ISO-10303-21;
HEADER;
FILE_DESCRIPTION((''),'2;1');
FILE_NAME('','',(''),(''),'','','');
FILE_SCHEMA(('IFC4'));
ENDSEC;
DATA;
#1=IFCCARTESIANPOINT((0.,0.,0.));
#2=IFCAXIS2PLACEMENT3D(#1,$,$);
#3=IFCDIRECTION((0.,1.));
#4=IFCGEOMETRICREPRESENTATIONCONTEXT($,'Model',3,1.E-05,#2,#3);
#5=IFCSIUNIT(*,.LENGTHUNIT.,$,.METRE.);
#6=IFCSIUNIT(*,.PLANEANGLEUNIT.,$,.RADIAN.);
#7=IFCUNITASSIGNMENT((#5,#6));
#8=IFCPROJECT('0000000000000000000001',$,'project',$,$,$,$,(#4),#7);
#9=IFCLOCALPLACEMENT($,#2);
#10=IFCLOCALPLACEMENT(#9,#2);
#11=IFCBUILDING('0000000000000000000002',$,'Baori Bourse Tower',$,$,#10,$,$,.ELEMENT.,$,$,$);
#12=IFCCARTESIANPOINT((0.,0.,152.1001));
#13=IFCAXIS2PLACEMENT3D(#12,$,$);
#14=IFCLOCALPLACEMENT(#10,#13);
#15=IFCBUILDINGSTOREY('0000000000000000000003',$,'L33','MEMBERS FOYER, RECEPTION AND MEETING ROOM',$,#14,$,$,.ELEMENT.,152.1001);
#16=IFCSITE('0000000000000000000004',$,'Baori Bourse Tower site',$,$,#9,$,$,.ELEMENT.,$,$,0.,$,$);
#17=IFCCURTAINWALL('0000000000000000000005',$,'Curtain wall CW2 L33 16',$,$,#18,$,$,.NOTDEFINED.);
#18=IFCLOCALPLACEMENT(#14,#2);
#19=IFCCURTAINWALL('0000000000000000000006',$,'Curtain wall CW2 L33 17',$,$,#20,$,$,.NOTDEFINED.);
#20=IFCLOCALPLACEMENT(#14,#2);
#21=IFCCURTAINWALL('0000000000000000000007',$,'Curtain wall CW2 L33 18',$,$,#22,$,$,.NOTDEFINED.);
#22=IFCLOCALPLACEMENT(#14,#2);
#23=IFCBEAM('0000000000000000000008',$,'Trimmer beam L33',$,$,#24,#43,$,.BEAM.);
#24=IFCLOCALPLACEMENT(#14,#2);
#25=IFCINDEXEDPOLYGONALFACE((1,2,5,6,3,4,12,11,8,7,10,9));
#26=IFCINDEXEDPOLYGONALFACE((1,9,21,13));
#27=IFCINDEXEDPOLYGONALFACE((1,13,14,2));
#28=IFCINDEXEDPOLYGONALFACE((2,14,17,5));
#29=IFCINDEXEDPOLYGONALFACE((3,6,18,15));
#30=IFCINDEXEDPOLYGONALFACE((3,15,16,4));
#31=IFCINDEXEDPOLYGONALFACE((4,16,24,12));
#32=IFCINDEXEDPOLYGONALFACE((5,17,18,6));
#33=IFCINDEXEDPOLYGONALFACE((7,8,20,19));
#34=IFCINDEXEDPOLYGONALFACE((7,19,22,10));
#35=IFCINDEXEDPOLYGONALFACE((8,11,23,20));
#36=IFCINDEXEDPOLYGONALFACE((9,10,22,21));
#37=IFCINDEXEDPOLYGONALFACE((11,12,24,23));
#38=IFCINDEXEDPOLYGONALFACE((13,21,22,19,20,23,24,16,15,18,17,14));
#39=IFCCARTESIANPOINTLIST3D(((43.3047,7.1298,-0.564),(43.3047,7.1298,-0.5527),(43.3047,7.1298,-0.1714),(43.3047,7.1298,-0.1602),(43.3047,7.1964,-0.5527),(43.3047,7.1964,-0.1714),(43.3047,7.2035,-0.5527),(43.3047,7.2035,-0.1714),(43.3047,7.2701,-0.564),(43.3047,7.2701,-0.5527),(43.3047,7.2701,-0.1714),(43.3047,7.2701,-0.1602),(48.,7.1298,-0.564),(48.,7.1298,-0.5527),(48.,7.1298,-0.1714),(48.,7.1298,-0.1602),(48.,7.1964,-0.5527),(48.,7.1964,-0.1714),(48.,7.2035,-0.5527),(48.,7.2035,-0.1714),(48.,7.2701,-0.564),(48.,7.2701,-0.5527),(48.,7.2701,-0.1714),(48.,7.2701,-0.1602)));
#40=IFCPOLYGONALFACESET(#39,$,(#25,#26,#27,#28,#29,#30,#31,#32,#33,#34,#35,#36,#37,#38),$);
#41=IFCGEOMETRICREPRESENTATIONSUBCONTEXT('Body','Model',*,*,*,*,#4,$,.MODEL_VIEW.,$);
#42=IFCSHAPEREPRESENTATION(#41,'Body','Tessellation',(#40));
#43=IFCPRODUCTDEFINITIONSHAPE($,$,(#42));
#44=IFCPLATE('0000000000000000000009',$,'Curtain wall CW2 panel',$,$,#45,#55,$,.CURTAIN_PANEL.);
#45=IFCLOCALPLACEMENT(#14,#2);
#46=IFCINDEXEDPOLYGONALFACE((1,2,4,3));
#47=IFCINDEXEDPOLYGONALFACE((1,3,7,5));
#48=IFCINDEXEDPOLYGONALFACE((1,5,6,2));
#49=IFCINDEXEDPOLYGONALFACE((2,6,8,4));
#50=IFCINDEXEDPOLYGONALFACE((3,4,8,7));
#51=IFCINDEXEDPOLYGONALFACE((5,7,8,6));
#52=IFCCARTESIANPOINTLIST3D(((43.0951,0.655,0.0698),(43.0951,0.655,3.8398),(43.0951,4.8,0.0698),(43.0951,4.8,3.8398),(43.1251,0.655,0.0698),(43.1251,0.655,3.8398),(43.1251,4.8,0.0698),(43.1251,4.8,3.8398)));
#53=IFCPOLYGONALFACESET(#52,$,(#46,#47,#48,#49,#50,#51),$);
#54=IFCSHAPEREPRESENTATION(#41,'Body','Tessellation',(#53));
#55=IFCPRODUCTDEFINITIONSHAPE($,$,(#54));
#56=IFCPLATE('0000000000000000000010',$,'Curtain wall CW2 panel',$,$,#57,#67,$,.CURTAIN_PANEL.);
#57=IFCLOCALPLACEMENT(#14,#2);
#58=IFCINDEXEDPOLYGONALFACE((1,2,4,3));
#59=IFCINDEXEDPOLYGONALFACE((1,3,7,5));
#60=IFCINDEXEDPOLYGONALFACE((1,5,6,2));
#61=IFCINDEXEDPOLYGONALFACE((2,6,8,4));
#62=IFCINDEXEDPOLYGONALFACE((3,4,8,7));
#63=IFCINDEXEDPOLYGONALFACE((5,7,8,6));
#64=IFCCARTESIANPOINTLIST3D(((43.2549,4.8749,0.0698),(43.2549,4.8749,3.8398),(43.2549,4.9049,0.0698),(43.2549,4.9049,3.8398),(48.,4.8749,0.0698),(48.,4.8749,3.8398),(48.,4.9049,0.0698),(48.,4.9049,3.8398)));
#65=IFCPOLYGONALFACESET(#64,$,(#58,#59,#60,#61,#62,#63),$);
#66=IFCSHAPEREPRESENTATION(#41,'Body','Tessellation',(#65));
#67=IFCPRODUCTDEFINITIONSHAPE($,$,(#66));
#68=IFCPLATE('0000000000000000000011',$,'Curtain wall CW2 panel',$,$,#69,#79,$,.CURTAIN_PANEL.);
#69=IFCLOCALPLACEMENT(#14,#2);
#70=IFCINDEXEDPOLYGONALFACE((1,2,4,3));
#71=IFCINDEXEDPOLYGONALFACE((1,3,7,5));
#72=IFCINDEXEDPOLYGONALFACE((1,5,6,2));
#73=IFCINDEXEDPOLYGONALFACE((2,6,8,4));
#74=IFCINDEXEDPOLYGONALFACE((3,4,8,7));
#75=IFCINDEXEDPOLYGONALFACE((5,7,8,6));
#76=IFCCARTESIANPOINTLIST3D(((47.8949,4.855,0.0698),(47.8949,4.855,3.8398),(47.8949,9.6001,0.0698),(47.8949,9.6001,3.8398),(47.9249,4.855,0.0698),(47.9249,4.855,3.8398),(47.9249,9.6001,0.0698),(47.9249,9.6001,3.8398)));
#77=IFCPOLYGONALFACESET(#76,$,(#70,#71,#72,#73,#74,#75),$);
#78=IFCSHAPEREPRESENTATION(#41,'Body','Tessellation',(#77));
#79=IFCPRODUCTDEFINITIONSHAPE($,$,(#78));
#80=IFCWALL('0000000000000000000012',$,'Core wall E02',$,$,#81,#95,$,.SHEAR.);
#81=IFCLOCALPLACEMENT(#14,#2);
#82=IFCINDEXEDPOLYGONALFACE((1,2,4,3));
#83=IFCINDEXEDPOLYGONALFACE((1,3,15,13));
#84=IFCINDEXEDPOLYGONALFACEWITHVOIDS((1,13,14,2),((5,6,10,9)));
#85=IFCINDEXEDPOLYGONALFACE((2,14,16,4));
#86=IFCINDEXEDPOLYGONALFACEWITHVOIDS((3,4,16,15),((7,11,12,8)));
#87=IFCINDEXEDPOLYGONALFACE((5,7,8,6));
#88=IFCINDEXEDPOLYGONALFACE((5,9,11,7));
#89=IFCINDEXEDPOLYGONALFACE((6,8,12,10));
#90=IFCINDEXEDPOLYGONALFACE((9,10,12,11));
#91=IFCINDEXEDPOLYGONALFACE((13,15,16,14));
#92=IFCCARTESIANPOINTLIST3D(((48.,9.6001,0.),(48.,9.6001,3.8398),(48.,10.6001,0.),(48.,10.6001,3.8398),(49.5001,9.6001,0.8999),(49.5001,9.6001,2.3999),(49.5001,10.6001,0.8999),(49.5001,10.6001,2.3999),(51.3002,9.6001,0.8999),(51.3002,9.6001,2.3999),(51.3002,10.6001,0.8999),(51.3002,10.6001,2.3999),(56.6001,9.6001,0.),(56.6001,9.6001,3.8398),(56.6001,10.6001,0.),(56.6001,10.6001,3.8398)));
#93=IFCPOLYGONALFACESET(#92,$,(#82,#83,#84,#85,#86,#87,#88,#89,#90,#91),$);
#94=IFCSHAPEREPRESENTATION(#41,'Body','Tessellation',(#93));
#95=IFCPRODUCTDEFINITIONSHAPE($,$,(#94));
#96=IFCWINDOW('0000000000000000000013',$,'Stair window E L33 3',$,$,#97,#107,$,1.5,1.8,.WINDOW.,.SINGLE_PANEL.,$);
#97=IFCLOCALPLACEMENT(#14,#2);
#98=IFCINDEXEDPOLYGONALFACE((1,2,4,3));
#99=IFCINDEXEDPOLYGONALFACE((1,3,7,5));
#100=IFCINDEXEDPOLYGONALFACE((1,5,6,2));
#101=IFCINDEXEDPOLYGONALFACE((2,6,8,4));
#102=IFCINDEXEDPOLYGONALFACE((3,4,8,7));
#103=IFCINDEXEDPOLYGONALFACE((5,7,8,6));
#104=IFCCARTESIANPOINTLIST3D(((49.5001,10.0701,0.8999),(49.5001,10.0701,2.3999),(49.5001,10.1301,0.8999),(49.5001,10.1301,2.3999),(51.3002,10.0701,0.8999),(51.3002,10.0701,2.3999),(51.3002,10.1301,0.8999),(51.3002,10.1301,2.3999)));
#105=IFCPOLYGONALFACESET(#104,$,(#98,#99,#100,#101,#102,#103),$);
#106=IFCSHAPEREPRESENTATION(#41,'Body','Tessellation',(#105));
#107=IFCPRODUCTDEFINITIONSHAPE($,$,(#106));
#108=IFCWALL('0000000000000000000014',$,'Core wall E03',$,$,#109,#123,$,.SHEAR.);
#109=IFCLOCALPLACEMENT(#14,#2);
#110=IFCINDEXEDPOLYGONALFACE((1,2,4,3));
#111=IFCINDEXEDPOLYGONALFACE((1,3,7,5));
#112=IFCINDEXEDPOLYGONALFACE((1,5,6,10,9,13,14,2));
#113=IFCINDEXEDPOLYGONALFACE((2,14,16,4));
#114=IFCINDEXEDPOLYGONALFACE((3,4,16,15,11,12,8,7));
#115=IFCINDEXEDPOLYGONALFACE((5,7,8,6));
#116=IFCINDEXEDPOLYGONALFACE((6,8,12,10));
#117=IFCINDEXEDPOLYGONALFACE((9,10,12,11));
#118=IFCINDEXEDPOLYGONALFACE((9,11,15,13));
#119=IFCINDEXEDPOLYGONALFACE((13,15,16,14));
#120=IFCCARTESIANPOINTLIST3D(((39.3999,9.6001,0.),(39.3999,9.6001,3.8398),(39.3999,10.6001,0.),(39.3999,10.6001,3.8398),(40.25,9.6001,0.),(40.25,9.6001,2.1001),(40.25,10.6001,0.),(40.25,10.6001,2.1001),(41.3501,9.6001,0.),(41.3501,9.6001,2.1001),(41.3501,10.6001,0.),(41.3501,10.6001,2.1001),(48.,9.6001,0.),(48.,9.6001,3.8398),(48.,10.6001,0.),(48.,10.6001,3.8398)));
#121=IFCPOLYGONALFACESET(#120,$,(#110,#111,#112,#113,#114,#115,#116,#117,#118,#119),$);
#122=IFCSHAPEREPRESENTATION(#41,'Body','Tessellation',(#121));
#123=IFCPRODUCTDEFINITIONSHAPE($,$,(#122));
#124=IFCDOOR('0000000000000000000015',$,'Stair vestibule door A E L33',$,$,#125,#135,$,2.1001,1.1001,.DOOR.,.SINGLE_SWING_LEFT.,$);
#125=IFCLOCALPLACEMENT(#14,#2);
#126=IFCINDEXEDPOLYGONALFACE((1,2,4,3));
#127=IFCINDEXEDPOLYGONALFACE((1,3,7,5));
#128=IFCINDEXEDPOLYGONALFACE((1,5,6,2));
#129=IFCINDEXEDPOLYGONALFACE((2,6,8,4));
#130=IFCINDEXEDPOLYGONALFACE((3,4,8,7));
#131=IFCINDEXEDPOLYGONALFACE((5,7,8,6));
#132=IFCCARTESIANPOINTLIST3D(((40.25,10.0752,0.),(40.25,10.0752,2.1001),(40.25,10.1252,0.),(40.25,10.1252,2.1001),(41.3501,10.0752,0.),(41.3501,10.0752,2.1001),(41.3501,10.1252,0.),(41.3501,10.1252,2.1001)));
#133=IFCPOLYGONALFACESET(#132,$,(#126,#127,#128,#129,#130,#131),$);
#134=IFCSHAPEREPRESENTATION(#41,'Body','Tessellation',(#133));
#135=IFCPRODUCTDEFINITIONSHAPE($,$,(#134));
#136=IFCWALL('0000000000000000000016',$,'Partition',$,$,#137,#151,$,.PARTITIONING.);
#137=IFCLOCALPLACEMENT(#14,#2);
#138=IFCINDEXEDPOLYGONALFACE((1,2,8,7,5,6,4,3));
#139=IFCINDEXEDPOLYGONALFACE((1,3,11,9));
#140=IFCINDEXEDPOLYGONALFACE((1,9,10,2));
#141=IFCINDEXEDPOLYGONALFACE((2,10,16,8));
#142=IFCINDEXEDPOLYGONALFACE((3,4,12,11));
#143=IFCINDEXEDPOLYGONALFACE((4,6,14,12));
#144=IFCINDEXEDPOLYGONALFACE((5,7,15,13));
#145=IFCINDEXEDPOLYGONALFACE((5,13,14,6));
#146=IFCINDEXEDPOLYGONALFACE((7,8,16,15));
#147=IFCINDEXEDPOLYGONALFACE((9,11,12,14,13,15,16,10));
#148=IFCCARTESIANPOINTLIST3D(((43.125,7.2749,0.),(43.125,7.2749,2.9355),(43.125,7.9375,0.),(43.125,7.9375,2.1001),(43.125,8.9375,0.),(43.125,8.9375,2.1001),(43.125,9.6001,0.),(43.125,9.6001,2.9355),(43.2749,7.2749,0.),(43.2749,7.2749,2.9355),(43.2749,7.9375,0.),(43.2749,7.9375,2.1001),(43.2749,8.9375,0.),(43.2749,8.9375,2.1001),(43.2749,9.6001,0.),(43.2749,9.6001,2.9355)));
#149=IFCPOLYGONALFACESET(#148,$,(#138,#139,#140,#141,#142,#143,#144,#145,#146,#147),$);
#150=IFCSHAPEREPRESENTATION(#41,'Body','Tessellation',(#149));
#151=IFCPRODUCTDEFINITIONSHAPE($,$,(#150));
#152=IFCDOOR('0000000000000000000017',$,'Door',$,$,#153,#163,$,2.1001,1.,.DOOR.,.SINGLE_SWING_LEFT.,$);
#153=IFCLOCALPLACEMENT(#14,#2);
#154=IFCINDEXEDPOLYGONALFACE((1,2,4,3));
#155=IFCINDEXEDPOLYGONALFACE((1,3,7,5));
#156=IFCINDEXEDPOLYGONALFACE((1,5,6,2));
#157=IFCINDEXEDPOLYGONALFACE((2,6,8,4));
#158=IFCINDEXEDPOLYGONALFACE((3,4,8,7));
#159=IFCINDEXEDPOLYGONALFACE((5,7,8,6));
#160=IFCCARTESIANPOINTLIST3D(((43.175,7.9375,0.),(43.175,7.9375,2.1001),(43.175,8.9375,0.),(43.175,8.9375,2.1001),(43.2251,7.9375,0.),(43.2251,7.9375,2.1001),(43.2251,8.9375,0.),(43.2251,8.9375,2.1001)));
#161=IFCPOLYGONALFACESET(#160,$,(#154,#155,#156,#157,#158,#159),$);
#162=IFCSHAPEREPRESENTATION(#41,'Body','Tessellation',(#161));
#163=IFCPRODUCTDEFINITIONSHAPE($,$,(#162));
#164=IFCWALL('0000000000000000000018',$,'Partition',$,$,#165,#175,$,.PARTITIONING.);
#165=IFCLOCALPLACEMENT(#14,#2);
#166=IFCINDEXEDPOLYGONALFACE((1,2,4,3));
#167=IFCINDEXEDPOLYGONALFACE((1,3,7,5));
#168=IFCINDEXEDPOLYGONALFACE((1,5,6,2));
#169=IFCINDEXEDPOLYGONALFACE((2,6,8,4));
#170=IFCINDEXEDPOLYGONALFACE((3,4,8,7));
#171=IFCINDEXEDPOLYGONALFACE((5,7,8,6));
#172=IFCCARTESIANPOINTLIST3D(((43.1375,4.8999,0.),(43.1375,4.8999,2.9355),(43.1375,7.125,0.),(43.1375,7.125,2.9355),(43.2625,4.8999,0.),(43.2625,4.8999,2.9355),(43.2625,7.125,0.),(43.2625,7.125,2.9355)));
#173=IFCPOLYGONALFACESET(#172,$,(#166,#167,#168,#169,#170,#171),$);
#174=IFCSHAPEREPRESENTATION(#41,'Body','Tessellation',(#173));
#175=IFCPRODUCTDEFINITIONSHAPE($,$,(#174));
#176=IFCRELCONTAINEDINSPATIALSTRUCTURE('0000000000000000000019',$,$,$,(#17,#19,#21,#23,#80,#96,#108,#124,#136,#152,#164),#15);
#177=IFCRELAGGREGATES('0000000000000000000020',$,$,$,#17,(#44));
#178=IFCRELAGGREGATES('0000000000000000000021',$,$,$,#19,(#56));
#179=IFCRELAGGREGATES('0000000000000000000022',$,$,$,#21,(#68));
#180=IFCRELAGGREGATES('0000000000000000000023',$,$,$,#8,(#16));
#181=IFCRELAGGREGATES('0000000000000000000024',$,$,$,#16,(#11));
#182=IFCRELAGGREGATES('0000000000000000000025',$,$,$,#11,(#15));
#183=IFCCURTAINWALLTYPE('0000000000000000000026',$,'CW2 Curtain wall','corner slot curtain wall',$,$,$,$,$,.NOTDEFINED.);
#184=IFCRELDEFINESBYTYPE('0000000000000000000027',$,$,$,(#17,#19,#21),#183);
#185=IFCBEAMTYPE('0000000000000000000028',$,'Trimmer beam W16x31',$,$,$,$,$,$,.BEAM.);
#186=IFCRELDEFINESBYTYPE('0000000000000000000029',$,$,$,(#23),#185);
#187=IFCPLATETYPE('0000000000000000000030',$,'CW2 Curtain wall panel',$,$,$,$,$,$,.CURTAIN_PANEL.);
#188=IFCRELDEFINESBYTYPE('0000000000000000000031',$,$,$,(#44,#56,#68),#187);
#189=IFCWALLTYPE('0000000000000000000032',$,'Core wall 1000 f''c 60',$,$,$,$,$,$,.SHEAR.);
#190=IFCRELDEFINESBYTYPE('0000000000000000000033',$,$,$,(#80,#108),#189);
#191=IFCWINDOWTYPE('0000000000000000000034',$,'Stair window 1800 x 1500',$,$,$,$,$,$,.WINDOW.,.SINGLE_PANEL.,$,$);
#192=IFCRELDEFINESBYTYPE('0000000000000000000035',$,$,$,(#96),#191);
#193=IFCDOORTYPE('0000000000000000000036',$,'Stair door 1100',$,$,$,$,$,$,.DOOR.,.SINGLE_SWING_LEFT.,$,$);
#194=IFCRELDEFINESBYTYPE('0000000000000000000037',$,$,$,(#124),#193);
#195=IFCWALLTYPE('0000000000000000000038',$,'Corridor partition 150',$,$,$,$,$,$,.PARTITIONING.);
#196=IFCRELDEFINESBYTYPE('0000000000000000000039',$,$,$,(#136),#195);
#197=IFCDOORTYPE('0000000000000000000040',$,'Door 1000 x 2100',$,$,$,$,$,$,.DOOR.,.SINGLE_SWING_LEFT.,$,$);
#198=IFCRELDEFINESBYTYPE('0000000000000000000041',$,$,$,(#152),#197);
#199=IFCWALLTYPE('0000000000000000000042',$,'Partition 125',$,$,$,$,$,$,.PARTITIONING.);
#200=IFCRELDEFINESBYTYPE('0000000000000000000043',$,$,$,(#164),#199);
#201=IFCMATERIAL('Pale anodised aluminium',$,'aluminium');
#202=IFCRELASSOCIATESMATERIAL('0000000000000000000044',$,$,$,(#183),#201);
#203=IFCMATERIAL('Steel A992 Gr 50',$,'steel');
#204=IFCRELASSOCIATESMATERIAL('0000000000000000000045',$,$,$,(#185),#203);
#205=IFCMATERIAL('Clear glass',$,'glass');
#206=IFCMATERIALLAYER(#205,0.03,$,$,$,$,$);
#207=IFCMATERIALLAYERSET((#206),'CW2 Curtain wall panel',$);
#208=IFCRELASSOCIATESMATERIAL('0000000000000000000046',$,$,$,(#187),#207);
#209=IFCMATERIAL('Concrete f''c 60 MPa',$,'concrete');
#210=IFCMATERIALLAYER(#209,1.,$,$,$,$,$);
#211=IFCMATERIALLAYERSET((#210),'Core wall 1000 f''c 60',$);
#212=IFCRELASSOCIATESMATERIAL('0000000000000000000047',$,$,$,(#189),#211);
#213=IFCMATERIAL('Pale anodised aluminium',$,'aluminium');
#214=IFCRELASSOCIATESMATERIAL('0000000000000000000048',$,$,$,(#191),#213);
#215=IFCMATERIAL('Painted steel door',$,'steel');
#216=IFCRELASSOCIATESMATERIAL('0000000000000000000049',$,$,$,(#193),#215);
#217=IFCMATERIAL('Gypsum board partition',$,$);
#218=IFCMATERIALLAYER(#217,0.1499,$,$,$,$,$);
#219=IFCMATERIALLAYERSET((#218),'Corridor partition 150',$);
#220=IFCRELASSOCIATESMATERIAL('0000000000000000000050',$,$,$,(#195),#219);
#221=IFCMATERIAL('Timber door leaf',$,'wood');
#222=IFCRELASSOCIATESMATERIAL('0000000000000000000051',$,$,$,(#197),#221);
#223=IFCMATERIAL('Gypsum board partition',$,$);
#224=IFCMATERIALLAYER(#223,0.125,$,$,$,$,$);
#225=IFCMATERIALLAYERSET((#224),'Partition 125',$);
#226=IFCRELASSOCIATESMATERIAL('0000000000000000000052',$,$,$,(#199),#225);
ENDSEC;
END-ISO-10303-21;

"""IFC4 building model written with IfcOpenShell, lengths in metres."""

from ifc_helpers import new_model, si_unit, direction, frame, frame_2d, origin, origin_2d, place, context, subcontext, project, spatial, rectangle, i_section, extrude, material, layer, layer_set, material_profile, profile_set, type_object, element, fill, aggregate, save


model = new_model("IFC4")

# Units and contexts
model_context = context("Model", 3, precision=1e-05, world=origin(), true_north=direction((0.0, 1.0)))
body_context = subcontext(model_context, "Body", "Model", "MODEL_VIEW")
ifc_project = project(units=[si_unit("LENGTHUNIT", "METRE"), si_unit("PLANEANGLEUNIT", "RADIAN")], contexts=[model_context])

# Site, building, storey
site_placement = place(None, origin())
site = spatial("IfcSite", under=ifc_project, at=site_placement, Name="Baori Bourse Tower site", CompositionType="ELEMENT", RefElevation=0.0)
building_placement = place(site_placement, origin())
building = spatial("IfcBuilding", under=site, at=building_placement, Name="Baori Bourse Tower", CompositionType="ELEMENT")
storey_placement = place(building_placement, frame((0.0, 0.0, 152.1001)))
storey = spatial("IfcBuildingStorey", under=building, at=storey_placement, Name="L33", Description="MEMBERS FOYER, RECEPTION AND MEETING ROOM", CompositionType="ELEMENT", Elevation=152.1001)

# Curtain walls
ifc_material_1 = material(Name="Pale anodised aluminium", Category="aluminium")
curtain_wall_type = type_object("IfcCurtainWallType", Name="CW2 Curtain wall", Description="corner slot curtain wall", PredefinedType="NOTDEFINED", material=ifc_material_1)
curtain_wall_1_placement = place(storey_placement, origin())
curtain_wall_1 = element("IfcCurtainWall", 1, at=curtain_wall_1_placement, inside=storey, type_object=curtain_wall_type, Name="Curtain wall CW2 L33 16", PredefinedType="NOTDEFINED")
curtain_wall_2_placement = place(storey_placement, origin())
curtain_wall_2 = element("IfcCurtainWall", 2, at=curtain_wall_2_placement, inside=storey, type_object=curtain_wall_type, Name="Curtain wall CW2 L33 17", PredefinedType="NOTDEFINED")
curtain_wall_3_placement = place(storey_placement, origin())
curtain_wall_3 = element("IfcCurtainWall", 3, at=curtain_wall_3_placement, inside=storey, type_object=curtain_wall_type, Name="Curtain wall CW2 L33 18", PredefinedType="NOTDEFINED")

# Beam
ifc_material_2 = material(Name="Steel A992 Gr 50", Category="steel")
ifc_material_profile_1 = material_profile(ifc_material_2, i_section(OverallWidth=0.1404, OverallDepth=0.4038, WebThickness=0.0071, FlangeThickness=0.0112, at=origin_2d()), Name="W16x31")
ifc_profile_set_1 = profile_set([ifc_material_profile_1], Name="Steel A992 Gr 50")
beam_type_1 = type_object("IfcBeamType", Name="Trimmer beam W16x31", PredefinedType="BEAM", material=ifc_profile_set_1)
beam_1_placement = place(storey_placement, frame((43.3047, 7.2, -0.3621), z_axis=(1.0, 0.0, 0.0), x_axis=(0.0, 1.0, 0.0)))
element("IfcBeam", 4, at=beam_1_placement, inside=storey, type_object=beam_type_1, Name="Trimmer beam L33", PredefinedType="BEAM", context=body_context, shape_type="SweptSolid", body=[
    extrude(i_section(OverallWidth=0.1404, OverallDepth=0.4038, WebThickness=0.0071, FlangeThickness=0.0112, at=origin_2d()), origin(), (0.0, 0.0, 1.0), 4.6953),
])

# Plates
ifc_material_3 = material(Name="Clear glass", Category="glass")
ifc_layer_1 = layer(ifc_material_3, 0.03)
ifc_layer_set_1 = layer_set([ifc_layer_1], Name="CW2 Curtain wall panel")
plate_type = type_object("IfcPlateType", Name="CW2 Curtain wall panel", PredefinedType="CURTAIN_PANEL", material=ifc_layer_set_1)
plate_1_placement = place(storey_placement, frame((43.1101, 2.7275, 0.0698), z_axis=(0.0, 0.0, 1.0), x_axis=(0.0, 1.0, 0.0)))
plate_1 = element("IfcPlate", 5, at=plate_1_placement, type_object=plate_type, Name="Curtain wall CW2 panel", PredefinedType="CURTAIN_PANEL", context=body_context, shape_type="SweptSolid", body=[
    extrude(rectangle(XDim=4.145, YDim=0.03, at=origin_2d()), origin(), (0.0, 0.0, 1.0), 3.77),
])
aggregate(curtain_wall_1, [plate_1])
plate_2_placement = place(storey_placement, frame((45.6274, 4.8899, 0.0698), z_axis=(0.0, 0.0, 1.0), x_axis=(1.0, 0.0, 0.0)))
plate_2 = element("IfcPlate", 6, at=plate_2_placement, type_object=plate_type, Name="Curtain wall CW2 panel", PredefinedType="CURTAIN_PANEL", context=body_context, shape_type="SweptSolid", body=[
    extrude(rectangle(XDim=4.7451, YDim=0.03, at=origin_2d()), origin(), (0.0, 0.0, 1.0), 3.77),
])
aggregate(curtain_wall_2, [plate_2])
plate_3_placement = place(storey_placement, frame((47.9099, 7.2275, 0.0698), z_axis=(0.0, 0.0, 1.0), x_axis=(0.0, 1.0, 0.0)))
plate_3 = element("IfcPlate", 7, at=plate_3_placement, type_object=plate_type, Name="Curtain wall CW2 panel", PredefinedType="CURTAIN_PANEL", context=body_context, shape_type="SweptSolid", body=[
    extrude(rectangle(XDim=4.7451, YDim=0.03, at=origin_2d()), origin(), (0.0, 0.0, 1.0), 3.77),
])
aggregate(curtain_wall_3, [plate_3])

# Wall, opening, window
ifc_material_4 = material(Name="Concrete f'c 60 MPa", Category="concrete")
ifc_layer_2 = layer(ifc_material_4, 1.0)
ifc_layer_set_2 = layer_set([ifc_layer_2], Name="Core wall 1000 f'c 60")
wall_type_1 = type_object("IfcWallType", Name="Core wall 1000 f'c 60", PredefinedType="SHEAR", material=ifc_layer_set_2)
wall_1_placement = place(storey_placement, frame((56.6001, 10.1001, 0.0), z_axis=(0.0, 0.0, 1.0), x_axis=(-1.0, 0.0, 0.0)))
wall_1 = element("IfcWall", 8, at=wall_1_placement, inside=storey, type_object=wall_type_1, Name="Core wall E02", PredefinedType="SHEAR", context=body_context, shape_type="SweptSolid", body=[
    extrude(rectangle(XDim=8.6001, YDim=1.0, at=frame_2d((4.3, 0.0))), origin(), (0.0, 0.0, 1.0), 3.8398),
])
opening_1_placement = place(wall_1_placement, frame((5.3, 0.0, 0.8999)))
opening_1 = element("IfcOpeningElement", 9, at=opening_1_placement, cuts=wall_1, PredefinedType="OPENING", context=body_context, shape_type="SweptSolid", body=[
    extrude(rectangle(XDim=1.8, YDim=1.5, at=frame_2d((0.8999, 0.75))), frame((0.0, 0.51, 0.0), z_axis=(0.0, -1.0, 0.0), x_axis=(1.0, 0.0, 0.0)), (0.0, 0.0, 1.0), 1.02),
])
ifc_material_5 = material(Name="Pale anodised aluminium", Category="aluminium")
window_type = type_object("IfcWindowType", Name="Stair window 1800 x 1500", PartitioningType="SINGLE_PANEL", PredefinedType="WINDOW", material=ifc_material_5)
window_placement = place(opening_1_placement, origin())
window = element("IfcWindow", 10, at=window_placement, inside=storey, type_object=window_type, Name="Stair window E L33 3", OverallHeight=1.5, OverallWidth=1.8, PartitioningType="SINGLE_PANEL", PredefinedType="WINDOW", context=body_context, shape_type="SweptSolid", body=[
    extrude(rectangle(XDim=1.8, YDim=1.5, at=frame_2d((0.8999, 0.75))), frame((0.0, 0.03, 0.0), z_axis=(0.0, -1.0, 0.0), x_axis=(1.0, 0.0, 0.0)), (0.0, 0.0, 1.0), 0.0601),
])
fill(opening_1, window)

# Walls, openings, doors
wall_2_placement = place(storey_placement, frame((48.0, 10.1001, 0.0), z_axis=(0.0, 0.0, 1.0), x_axis=(-1.0, 0.0, 0.0)))
wall_2 = element("IfcWall", 11, at=wall_2_placement, inside=storey, type_object=wall_type_1, Name="Core wall E03", PredefinedType="SHEAR", context=body_context, shape_type="SweptSolid", body=[
    extrude(rectangle(XDim=8.6001, YDim=1.0, at=frame_2d((4.3, 0.0))), origin(), (0.0, 0.0, 1.0), 3.8398),
])
opening_2_placement = place(wall_2_placement, frame((6.6499, 0.0, 0.0)))
opening_2 = element("IfcOpeningElement", 12, at=opening_2_placement, cuts=wall_2, PredefinedType="OPENING", context=body_context, shape_type="SweptSolid", body=[
    extrude(rectangle(XDim=1.1001, YDim=2.1001, at=frame_2d((0.55, 1.05))), frame((0.0, 0.51, 0.0), z_axis=(0.0, -1.0, 0.0), x_axis=(1.0, 0.0, 0.0)), (0.0, 0.0, 1.0), 1.02),
])
ifc_material_6 = material(Name="Painted steel door", Category="steel")
door_type_1 = type_object("IfcDoorType", Name="Stair door 1100", OperationType="SINGLE_SWING_LEFT", PredefinedType="DOOR", material=ifc_material_6)
door_1_placement = place(opening_2_placement, origin())
door_1 = element("IfcDoor", 13, at=door_1_placement, inside=storey, type_object=door_type_1, Name="Stair vestibule door A E L33", OperationType="SINGLE_SWING_LEFT", OverallHeight=2.1001, OverallWidth=1.1001, PredefinedType="DOOR", context=body_context, shape_type="SweptSolid", body=[
    extrude(rectangle(XDim=1.1001, YDim=2.1001, at=frame_2d((0.55, 1.05))), frame((0.0, 0.0249, 0.0), z_axis=(0.0, -1.0, 0.0), x_axis=(1.0, 0.0, 0.0)), (0.0, 0.0, 1.0), 0.05),
])
fill(opening_2, door_1)
ifc_material_7 = material(Name="Gypsum board partition")
ifc_layer_3 = layer(ifc_material_7, 0.1499)
ifc_layer_set_3 = layer_set([ifc_layer_3], Name="Corridor partition 150")
wall_type_2 = type_object("IfcWallType", Name="Corridor partition 150", PredefinedType="PARTITIONING", material=ifc_layer_set_3)
wall_3_placement = place(storey_placement, frame((43.2, 7.2749, 0.0), z_axis=(0.0, 0.0, 1.0), x_axis=(0.0, 1.0, 0.0)))
wall_3 = element("IfcWall", 14, at=wall_3_placement, inside=storey, type_object=wall_type_2, Name="Partition", PredefinedType="PARTITIONING", context=body_context, shape_type="SweptSolid", body=[
    extrude(rectangle(XDim=2.3252, YDim=0.1499, at=frame_2d((1.1626, 0.0))), origin(), (0.0, 0.0, 1.0), 2.9355),
])
opening_3_placement = place(wall_3_placement, frame((0.6626, 0.0, 0.0)))
opening_3 = element("IfcOpeningElement", 15, at=opening_3_placement, cuts=wall_3, PredefinedType="OPENING", context=body_context, shape_type="SweptSolid", body=[
    extrude(rectangle(XDim=1.0, YDim=2.1001, at=frame_2d((0.5, 1.05))), frame((0.0, 0.085, 0.0), z_axis=(0.0, -1.0, 0.0), x_axis=(1.0, 0.0, 0.0)), (0.0, 0.0, 1.0), 0.1699),
])
ifc_material_8 = material(Name="Timber door leaf", Category="wood")
door_type_2 = type_object("IfcDoorType", Name="Door 1000 x 2100", OperationType="SINGLE_SWING_LEFT", PredefinedType="DOOR", material=ifc_material_8)
door_2_placement = place(opening_3_placement, origin())
door_2 = element("IfcDoor", 16, at=door_2_placement, inside=storey, type_object=door_type_2, Name="Door", OperationType="SINGLE_SWING_LEFT", OverallHeight=2.1001, OverallWidth=1.0, PredefinedType="DOOR", context=body_context, shape_type="SweptSolid", body=[
    extrude(rectangle(XDim=1.0, YDim=2.1001, at=frame_2d((0.5, 1.05))), frame((0.0, 0.0249, 0.0), z_axis=(0.0, -1.0, 0.0), x_axis=(1.0, 0.0, 0.0)), (0.0, 0.0, 1.0), 0.05),
])
fill(opening_3, door_2)

# Wall
ifc_material_9 = material(Name="Gypsum board partition")
ifc_layer_4 = layer(ifc_material_9, 0.125)
ifc_layer_set_4 = layer_set([ifc_layer_4], Name="Partition 125")
wall_type_3 = type_object("IfcWallType", Name="Partition 125", PredefinedType="PARTITIONING", material=ifc_layer_set_4)
wall_4_placement = place(storey_placement, frame((43.2, 4.8999, 0.0), z_axis=(0.0, 0.0, 1.0), x_axis=(0.0, 1.0, 0.0)))
element("IfcWall", 17, at=wall_4_placement, inside=storey, type_object=wall_type_3, Name="Partition", PredefinedType="PARTITIONING", context=body_context, shape_type="SweptSolid", body=[
    extrude(rectangle(XDim=2.2251, YDim=0.125, at=frame_2d((1.1125, 0.0))), origin(), (0.0, 0.0, 1.0), 2.9355),
])

save(model, "model.ifc")
